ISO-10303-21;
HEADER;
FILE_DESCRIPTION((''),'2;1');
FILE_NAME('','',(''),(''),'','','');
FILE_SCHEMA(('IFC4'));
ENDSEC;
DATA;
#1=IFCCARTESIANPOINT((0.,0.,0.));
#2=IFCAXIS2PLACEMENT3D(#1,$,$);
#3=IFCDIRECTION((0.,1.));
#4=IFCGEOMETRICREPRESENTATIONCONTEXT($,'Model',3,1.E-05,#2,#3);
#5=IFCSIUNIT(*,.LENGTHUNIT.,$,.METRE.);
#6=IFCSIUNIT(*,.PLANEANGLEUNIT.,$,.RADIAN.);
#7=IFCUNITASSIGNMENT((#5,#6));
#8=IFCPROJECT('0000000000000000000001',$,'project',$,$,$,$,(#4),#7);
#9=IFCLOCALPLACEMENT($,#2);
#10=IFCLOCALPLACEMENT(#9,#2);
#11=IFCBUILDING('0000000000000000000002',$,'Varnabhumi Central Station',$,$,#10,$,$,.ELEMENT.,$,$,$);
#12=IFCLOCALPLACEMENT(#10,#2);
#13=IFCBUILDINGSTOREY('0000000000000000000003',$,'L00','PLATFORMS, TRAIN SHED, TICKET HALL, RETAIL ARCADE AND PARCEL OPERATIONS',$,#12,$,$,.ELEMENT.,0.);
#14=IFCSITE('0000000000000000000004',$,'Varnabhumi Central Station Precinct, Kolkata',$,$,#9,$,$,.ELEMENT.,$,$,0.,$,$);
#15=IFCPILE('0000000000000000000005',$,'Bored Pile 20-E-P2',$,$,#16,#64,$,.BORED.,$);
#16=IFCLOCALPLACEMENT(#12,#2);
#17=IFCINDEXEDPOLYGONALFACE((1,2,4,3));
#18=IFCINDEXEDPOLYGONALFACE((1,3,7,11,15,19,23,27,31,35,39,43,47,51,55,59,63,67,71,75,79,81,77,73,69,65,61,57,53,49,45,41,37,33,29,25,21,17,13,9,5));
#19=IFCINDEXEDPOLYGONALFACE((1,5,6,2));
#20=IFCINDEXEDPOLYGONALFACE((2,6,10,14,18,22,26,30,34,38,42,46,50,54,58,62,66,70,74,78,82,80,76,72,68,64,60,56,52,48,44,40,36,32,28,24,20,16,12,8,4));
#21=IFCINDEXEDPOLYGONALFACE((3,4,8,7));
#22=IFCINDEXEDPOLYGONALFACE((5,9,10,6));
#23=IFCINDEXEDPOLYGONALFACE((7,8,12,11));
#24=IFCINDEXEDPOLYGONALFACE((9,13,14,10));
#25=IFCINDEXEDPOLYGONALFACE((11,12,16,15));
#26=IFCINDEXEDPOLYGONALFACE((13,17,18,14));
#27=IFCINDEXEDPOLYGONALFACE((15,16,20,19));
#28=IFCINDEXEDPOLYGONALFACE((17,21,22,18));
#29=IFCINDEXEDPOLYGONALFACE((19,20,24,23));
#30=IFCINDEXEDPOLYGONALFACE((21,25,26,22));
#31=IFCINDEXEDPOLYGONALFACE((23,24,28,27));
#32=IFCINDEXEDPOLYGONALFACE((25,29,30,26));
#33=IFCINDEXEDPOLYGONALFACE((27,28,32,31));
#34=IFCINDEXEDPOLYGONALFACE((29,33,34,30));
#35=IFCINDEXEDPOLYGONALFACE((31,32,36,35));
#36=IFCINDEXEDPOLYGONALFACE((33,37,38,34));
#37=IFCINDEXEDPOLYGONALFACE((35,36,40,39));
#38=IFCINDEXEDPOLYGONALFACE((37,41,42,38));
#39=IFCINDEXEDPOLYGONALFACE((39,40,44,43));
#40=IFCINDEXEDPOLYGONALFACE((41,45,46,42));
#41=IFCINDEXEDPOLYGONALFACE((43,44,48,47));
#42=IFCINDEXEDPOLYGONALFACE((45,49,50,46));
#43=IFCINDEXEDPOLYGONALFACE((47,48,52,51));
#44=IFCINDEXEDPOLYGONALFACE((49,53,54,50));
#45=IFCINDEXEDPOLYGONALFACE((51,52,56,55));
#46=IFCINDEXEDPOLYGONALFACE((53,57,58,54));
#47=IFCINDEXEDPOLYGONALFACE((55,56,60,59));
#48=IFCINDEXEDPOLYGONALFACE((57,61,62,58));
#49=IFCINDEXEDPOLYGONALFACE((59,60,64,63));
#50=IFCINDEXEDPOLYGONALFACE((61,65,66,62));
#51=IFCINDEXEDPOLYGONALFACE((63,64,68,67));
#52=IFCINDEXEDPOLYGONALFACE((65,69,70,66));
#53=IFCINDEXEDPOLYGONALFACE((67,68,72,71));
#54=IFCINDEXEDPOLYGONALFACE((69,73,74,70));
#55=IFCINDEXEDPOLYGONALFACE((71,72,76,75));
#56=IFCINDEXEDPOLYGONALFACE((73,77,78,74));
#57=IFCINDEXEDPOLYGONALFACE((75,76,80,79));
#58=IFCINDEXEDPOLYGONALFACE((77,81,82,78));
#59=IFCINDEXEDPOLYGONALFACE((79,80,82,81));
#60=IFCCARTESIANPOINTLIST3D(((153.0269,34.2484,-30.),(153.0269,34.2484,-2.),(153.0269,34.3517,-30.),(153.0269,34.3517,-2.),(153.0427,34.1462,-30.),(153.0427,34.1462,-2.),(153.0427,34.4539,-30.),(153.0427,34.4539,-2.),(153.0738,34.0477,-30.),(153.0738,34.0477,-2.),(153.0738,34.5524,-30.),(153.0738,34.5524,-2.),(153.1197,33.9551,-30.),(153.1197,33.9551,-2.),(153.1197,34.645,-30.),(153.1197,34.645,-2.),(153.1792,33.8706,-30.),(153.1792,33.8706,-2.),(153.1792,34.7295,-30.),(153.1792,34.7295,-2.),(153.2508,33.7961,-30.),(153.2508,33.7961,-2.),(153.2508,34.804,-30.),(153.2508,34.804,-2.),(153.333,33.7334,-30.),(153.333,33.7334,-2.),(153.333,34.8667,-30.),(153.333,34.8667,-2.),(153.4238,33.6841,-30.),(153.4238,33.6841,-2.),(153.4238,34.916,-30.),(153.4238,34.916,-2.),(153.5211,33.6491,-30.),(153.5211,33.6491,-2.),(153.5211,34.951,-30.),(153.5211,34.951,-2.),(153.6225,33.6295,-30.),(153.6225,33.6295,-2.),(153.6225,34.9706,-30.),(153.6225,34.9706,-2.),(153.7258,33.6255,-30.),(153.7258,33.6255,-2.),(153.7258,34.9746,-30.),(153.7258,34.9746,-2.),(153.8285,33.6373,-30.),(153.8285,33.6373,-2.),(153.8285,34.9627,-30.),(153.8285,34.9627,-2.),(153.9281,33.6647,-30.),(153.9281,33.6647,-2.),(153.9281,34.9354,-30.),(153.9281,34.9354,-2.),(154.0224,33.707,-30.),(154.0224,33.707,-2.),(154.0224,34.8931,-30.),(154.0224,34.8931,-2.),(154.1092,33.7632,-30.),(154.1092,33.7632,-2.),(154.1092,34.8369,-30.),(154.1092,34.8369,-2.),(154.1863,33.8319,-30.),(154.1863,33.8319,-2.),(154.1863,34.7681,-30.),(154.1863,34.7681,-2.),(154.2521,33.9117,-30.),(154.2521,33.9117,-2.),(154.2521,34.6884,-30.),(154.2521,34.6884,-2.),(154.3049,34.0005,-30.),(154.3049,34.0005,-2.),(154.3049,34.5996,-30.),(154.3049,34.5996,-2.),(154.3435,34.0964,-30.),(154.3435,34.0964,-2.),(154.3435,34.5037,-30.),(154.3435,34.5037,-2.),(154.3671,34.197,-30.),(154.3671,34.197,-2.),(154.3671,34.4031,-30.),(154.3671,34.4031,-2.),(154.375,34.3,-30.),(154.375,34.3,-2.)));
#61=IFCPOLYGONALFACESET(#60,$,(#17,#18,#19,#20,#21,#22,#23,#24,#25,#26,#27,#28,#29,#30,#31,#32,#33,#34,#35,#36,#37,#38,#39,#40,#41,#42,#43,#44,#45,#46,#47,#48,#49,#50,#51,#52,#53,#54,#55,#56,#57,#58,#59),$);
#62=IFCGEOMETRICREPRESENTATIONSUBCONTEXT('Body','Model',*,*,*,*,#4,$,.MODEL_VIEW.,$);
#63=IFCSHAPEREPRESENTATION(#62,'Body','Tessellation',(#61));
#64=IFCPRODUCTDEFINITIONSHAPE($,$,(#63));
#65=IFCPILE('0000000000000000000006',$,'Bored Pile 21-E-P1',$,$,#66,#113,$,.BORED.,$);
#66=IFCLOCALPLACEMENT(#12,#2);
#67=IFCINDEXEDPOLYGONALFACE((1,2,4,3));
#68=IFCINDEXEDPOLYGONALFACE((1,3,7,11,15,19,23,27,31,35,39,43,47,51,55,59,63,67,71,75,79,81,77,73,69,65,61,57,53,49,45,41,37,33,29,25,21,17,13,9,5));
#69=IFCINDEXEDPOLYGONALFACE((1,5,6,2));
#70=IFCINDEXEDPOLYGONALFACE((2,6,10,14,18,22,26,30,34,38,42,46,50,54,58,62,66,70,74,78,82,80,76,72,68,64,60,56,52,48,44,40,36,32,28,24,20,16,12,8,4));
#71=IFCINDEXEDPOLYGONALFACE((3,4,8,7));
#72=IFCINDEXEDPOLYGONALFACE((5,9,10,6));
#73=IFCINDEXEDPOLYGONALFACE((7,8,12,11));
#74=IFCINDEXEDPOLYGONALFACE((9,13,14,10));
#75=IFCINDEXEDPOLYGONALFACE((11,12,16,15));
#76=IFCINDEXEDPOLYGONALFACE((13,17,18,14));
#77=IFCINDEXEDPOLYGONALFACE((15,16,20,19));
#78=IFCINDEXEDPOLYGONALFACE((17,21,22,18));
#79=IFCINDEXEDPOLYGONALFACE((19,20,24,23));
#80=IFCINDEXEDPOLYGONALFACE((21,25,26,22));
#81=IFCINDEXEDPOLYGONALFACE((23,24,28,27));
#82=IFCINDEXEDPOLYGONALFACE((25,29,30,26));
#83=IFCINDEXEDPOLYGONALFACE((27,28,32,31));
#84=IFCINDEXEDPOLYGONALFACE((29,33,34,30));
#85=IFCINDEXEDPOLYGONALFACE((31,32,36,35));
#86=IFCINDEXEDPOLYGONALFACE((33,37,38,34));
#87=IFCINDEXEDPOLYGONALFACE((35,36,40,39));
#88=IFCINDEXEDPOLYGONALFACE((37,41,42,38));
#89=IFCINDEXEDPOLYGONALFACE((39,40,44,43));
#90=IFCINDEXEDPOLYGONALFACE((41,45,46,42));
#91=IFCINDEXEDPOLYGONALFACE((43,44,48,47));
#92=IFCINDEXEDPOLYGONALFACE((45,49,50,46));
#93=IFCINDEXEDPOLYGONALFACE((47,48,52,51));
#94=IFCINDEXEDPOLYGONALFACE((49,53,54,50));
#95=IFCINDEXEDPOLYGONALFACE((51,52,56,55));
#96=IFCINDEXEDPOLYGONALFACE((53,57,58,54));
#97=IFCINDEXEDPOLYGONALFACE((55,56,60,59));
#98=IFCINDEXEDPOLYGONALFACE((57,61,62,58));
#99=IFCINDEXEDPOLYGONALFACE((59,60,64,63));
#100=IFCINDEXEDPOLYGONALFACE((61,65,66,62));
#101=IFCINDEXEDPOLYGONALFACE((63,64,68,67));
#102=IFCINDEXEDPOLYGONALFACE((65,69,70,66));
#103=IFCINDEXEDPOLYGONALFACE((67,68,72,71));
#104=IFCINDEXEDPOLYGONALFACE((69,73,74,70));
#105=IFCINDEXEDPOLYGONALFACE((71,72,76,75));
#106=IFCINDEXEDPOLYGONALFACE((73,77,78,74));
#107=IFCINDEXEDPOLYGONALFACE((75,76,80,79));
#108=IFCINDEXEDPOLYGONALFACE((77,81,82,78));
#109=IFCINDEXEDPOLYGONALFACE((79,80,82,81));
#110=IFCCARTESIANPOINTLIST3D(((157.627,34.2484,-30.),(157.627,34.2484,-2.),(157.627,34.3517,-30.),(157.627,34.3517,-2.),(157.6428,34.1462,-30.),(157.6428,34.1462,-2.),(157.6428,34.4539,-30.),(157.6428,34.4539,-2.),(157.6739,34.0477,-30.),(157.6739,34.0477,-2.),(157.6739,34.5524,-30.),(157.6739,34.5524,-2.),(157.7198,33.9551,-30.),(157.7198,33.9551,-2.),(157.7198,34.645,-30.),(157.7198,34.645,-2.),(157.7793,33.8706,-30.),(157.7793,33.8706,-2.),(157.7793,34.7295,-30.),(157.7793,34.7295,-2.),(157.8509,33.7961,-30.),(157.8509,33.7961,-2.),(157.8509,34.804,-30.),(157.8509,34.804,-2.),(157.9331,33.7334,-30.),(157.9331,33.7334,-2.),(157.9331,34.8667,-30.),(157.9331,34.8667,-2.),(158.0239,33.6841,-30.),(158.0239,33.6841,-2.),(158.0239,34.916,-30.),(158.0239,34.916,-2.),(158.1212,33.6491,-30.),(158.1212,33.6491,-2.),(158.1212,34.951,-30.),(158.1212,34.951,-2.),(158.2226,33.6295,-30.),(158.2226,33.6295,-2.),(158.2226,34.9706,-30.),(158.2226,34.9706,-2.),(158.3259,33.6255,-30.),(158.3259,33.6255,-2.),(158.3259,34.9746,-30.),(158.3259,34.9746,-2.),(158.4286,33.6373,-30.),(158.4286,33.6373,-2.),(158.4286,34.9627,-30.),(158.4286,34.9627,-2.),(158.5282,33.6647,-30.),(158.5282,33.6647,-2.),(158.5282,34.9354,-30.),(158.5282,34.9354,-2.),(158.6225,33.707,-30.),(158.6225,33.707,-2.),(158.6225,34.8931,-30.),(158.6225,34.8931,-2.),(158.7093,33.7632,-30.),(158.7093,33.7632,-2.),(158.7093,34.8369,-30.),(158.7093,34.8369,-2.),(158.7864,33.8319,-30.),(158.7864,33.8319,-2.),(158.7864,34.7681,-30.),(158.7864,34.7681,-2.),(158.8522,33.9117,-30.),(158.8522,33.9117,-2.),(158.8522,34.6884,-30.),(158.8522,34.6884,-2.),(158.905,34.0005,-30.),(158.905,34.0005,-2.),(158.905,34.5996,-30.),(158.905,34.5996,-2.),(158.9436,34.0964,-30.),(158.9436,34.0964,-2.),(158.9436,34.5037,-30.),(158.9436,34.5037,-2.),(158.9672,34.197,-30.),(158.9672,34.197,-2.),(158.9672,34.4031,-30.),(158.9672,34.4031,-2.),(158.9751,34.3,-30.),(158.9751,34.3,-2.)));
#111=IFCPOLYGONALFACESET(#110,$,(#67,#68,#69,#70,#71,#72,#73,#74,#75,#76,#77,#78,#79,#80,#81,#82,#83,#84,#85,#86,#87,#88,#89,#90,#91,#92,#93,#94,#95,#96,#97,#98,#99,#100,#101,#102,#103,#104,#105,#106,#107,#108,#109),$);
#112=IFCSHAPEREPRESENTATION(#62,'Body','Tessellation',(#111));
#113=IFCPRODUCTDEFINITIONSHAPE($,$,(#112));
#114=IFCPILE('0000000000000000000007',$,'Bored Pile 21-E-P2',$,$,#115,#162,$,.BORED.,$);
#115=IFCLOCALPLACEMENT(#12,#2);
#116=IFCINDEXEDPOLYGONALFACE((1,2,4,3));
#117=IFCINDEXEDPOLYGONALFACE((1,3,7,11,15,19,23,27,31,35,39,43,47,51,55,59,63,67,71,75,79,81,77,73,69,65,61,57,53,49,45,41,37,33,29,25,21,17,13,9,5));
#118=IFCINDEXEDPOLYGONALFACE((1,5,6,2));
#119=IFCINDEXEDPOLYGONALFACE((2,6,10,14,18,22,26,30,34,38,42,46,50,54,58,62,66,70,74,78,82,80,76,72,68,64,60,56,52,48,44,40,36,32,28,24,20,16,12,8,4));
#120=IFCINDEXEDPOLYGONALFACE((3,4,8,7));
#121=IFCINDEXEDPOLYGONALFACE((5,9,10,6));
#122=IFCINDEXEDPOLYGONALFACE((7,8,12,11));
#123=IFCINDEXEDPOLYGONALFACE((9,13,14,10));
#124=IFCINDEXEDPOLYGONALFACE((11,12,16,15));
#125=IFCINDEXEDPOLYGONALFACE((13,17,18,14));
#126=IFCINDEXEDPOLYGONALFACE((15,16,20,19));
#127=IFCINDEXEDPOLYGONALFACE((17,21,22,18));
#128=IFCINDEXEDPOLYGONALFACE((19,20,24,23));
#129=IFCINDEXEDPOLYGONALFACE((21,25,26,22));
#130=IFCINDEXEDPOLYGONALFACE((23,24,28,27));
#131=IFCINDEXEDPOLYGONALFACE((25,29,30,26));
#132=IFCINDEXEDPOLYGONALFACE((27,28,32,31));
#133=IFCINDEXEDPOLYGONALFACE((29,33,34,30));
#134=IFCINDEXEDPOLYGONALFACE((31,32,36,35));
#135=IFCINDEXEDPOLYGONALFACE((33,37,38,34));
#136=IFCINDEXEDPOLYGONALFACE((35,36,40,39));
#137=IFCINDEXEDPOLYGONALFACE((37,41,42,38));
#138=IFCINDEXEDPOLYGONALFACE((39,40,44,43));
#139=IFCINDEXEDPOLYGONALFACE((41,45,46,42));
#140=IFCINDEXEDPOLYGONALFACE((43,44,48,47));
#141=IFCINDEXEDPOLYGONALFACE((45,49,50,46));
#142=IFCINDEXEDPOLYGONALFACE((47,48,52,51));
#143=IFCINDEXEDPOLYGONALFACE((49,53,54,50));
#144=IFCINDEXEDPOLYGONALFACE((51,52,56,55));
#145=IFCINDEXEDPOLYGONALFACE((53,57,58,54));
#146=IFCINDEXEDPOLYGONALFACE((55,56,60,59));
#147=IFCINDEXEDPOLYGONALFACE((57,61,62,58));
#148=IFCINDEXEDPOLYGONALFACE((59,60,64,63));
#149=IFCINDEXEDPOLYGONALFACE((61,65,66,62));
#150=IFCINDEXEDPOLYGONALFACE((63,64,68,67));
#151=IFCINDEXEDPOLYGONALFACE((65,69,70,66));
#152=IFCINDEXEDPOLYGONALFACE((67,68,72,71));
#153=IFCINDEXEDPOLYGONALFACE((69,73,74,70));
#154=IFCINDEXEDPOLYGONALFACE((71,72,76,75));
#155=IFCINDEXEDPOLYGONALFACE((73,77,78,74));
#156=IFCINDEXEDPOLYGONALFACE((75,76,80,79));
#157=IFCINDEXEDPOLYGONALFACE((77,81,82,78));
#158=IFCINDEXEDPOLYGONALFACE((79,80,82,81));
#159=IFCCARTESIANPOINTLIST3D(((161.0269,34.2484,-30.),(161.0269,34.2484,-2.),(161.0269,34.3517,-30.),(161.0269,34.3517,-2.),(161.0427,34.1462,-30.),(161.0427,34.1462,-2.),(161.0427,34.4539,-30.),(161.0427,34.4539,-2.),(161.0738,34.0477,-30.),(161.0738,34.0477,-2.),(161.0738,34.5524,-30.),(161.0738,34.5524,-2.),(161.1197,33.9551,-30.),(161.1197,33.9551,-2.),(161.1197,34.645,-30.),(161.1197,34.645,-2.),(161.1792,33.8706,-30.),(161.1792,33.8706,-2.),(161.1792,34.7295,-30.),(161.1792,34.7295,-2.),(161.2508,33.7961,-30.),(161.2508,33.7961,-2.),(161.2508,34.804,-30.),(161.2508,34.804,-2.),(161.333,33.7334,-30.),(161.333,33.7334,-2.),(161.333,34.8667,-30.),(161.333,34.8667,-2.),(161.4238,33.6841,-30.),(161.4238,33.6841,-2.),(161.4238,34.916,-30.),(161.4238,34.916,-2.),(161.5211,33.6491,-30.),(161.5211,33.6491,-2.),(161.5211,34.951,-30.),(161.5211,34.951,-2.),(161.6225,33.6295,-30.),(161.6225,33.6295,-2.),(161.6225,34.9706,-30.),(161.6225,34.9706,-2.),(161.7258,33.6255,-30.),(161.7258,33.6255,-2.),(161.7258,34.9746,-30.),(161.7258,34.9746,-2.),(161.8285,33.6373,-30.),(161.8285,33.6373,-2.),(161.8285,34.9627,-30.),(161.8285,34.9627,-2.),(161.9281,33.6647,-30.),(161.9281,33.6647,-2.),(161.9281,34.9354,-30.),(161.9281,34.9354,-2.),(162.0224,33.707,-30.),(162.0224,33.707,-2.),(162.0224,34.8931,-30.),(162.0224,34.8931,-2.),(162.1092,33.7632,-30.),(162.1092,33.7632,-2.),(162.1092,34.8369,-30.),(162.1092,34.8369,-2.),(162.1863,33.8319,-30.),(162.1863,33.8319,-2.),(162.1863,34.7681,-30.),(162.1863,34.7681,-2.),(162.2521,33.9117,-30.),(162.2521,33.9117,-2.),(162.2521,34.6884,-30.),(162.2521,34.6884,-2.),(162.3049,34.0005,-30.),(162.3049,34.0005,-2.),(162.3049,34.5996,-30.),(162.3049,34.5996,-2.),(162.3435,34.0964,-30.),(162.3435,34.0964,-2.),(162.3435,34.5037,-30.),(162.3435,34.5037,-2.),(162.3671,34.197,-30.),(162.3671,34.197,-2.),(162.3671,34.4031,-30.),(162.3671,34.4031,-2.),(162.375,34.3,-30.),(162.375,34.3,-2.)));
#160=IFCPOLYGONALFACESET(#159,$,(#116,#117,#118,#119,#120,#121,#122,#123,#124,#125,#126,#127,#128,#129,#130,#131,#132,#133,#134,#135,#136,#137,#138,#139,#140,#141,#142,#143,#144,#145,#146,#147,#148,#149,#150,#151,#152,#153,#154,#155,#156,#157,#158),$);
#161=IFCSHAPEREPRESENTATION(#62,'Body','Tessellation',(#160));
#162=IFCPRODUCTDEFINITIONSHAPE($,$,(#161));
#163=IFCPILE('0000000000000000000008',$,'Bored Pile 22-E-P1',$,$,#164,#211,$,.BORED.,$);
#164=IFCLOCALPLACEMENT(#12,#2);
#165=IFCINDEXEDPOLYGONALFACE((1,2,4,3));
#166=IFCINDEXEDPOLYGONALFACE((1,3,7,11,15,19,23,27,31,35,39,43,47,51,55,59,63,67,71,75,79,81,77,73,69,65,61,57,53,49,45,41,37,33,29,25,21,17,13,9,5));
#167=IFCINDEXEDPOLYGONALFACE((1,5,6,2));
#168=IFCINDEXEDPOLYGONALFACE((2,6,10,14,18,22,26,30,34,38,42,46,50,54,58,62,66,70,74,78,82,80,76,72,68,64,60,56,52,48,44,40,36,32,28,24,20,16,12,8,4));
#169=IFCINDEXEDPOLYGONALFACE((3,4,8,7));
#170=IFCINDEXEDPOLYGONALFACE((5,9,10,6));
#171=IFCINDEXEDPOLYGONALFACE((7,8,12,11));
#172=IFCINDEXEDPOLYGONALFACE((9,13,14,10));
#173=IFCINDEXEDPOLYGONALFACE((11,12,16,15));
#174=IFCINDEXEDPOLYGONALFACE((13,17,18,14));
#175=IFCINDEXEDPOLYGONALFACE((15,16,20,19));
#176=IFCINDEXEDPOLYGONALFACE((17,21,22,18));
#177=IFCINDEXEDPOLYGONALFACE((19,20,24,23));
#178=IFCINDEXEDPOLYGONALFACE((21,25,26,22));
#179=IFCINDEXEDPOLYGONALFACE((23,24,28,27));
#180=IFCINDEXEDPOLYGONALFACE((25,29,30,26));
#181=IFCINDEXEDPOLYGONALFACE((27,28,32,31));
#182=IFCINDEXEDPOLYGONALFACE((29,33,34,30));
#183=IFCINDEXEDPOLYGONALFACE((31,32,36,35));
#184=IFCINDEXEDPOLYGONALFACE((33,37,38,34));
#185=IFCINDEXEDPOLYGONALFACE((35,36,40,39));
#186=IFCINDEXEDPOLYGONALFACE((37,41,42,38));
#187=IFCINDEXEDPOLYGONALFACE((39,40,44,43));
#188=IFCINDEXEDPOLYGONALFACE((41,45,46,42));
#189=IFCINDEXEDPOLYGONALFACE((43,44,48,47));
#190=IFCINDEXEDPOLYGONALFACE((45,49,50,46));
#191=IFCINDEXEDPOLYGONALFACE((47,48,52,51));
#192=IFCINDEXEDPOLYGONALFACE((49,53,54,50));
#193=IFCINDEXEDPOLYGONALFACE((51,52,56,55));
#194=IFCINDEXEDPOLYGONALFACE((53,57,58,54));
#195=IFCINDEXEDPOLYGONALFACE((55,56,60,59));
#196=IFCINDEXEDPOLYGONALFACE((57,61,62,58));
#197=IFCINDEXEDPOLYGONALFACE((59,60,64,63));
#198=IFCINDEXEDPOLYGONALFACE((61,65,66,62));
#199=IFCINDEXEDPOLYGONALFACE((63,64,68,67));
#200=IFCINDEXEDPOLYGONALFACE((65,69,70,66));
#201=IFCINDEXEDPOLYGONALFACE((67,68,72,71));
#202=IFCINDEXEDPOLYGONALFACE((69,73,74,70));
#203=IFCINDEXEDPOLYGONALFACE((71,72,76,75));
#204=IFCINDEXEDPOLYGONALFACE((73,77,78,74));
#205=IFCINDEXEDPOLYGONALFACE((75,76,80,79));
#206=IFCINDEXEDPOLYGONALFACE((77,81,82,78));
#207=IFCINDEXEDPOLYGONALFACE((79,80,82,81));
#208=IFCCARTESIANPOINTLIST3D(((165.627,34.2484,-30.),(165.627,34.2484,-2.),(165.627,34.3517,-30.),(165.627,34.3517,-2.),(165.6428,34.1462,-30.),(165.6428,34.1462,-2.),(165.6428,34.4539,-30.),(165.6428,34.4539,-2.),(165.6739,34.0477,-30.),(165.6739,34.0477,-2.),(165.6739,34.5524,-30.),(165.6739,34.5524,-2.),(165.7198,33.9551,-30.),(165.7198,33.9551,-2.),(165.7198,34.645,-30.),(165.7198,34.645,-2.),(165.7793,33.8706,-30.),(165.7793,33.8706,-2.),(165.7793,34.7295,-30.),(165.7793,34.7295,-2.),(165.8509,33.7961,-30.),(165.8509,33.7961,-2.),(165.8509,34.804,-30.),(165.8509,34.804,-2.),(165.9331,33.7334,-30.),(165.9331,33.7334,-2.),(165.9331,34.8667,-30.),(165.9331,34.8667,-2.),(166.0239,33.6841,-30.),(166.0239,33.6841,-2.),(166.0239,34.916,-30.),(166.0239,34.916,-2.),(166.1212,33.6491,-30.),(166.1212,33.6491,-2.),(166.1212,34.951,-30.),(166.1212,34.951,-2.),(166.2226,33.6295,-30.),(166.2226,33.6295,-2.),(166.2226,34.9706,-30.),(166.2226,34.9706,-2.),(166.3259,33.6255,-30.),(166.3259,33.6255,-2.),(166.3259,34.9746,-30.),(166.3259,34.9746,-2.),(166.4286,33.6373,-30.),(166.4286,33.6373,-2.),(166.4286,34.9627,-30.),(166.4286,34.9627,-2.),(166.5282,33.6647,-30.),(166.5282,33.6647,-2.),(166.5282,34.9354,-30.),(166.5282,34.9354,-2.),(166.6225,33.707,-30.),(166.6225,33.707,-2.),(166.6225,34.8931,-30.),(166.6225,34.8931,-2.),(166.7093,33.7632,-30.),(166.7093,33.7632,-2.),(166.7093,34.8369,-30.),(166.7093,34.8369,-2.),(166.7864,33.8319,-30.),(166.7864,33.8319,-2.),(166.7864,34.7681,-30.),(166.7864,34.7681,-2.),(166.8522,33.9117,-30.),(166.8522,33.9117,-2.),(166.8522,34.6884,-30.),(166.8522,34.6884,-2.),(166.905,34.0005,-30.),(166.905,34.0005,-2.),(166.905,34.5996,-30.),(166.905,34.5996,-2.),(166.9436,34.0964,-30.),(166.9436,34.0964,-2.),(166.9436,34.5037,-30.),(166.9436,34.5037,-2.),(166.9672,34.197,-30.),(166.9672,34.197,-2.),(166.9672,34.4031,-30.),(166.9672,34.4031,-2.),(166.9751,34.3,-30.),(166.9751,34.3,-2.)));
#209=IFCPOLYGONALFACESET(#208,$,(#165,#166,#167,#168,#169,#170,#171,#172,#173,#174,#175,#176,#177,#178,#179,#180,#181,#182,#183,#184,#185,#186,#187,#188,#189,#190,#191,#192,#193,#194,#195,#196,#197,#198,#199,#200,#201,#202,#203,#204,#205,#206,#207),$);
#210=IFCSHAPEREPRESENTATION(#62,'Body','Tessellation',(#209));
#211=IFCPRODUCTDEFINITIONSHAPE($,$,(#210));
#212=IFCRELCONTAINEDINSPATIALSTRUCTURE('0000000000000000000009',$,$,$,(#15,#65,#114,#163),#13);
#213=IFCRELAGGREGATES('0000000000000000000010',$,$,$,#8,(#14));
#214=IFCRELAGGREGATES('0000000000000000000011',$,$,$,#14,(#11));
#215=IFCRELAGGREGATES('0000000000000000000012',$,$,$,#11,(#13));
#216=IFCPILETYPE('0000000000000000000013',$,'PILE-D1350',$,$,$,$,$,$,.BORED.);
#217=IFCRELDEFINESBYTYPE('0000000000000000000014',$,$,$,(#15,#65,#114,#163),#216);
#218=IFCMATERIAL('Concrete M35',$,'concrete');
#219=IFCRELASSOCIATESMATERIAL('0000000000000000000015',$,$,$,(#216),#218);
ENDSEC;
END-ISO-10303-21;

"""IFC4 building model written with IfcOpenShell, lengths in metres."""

from ifc_helpers import new_model, si_unit, direction, frame, origin, origin_2d, place, context, subcontext, project, spatial, circle, extrude, material, material_profile, profile_set, type_object, element, save


model = new_model("IFC4")

# Units and contexts
model_context = context("Model", 3, precision=1e-05, world=origin(), true_north=direction((0.0, 1.0)))
body_context = subcontext(model_context, "Body", "Model", "MODEL_VIEW")
ifc_project = project(units=[si_unit("LENGTHUNIT", "METRE"), si_unit("PLANEANGLEUNIT", "RADIAN")], contexts=[model_context])

# Site, building, storey
site_placement = place(None, origin())
site = spatial("IfcSite", under=ifc_project, at=site_placement, Name="Varnabhumi Central Station Precinct, Kolkata", CompositionType="ELEMENT", RefElevation=0.0)
building_placement = place(site_placement, origin())
building = spatial("IfcBuilding", under=site, at=building_placement, Name="Varnabhumi Central Station", CompositionType="ELEMENT")
storey_placement = place(building_placement, origin())
storey = spatial("IfcBuildingStorey", under=building, at=storey_placement, Name="L00", Description="PLATFORMS, TRAIN SHED, TICKET HALL, RETAIL ARCADE AND PARCEL OPERATIONS", CompositionType="ELEMENT", Elevation=0.0)

# Piles
ifc_material_1 = material(Name="Concrete M35", Category="concrete")
ifc_material_profile_1 = material_profile(ifc_material_1, circle(Radius=0.675, at=origin_2d()), Name="Concrete M35", Category="concrete")
ifc_profile_set_1 = profile_set([ifc_material_profile_1], Name="Concrete M35")
pile_type_1 = type_object("IfcPileType", Name="PILE-D1350", PredefinedType="BORED", material=ifc_profile_set_1)
for number, where, z_axis, x_axis, name in (
    (1, (153.7, 34.3, -2.0), (0.0, 0.0, -1.0), (1.0, 0.0, 0.0), "Bored Pile 20-E-P2"),
    (2, (158.3, 34.3, -2.0), (0.0, 0.0, -1.0), (1.0, 0.0, 0.0), "Bored Pile 21-E-P1"),
    (3, (161.7, 34.3, -2.0), (0.0, 0.0, -1.0), (1.0, 0.0, 0.0), "Bored Pile 21-E-P2"),
    (4, (166.3, 34.3, -2.0), (0.0, 0.0, -1.0), (1.0, 0.0, 0.0), "Bored Pile 22-E-P1"),
):
    element("IfcPile", number, at=place(storey_placement, frame(where, z_axis=z_axis, x_axis=x_axis)), inside=storey, type_object=pile_type_1, Name=name, PredefinedType="BORED", context=body_context, shape_type="SweptSolid", body=[
        extrude(circle(Radius=0.675, at=origin_2d()), origin(), (0.0, 0.0, 1.0), 28.0),
    ])

save(model, "model.ifc")
